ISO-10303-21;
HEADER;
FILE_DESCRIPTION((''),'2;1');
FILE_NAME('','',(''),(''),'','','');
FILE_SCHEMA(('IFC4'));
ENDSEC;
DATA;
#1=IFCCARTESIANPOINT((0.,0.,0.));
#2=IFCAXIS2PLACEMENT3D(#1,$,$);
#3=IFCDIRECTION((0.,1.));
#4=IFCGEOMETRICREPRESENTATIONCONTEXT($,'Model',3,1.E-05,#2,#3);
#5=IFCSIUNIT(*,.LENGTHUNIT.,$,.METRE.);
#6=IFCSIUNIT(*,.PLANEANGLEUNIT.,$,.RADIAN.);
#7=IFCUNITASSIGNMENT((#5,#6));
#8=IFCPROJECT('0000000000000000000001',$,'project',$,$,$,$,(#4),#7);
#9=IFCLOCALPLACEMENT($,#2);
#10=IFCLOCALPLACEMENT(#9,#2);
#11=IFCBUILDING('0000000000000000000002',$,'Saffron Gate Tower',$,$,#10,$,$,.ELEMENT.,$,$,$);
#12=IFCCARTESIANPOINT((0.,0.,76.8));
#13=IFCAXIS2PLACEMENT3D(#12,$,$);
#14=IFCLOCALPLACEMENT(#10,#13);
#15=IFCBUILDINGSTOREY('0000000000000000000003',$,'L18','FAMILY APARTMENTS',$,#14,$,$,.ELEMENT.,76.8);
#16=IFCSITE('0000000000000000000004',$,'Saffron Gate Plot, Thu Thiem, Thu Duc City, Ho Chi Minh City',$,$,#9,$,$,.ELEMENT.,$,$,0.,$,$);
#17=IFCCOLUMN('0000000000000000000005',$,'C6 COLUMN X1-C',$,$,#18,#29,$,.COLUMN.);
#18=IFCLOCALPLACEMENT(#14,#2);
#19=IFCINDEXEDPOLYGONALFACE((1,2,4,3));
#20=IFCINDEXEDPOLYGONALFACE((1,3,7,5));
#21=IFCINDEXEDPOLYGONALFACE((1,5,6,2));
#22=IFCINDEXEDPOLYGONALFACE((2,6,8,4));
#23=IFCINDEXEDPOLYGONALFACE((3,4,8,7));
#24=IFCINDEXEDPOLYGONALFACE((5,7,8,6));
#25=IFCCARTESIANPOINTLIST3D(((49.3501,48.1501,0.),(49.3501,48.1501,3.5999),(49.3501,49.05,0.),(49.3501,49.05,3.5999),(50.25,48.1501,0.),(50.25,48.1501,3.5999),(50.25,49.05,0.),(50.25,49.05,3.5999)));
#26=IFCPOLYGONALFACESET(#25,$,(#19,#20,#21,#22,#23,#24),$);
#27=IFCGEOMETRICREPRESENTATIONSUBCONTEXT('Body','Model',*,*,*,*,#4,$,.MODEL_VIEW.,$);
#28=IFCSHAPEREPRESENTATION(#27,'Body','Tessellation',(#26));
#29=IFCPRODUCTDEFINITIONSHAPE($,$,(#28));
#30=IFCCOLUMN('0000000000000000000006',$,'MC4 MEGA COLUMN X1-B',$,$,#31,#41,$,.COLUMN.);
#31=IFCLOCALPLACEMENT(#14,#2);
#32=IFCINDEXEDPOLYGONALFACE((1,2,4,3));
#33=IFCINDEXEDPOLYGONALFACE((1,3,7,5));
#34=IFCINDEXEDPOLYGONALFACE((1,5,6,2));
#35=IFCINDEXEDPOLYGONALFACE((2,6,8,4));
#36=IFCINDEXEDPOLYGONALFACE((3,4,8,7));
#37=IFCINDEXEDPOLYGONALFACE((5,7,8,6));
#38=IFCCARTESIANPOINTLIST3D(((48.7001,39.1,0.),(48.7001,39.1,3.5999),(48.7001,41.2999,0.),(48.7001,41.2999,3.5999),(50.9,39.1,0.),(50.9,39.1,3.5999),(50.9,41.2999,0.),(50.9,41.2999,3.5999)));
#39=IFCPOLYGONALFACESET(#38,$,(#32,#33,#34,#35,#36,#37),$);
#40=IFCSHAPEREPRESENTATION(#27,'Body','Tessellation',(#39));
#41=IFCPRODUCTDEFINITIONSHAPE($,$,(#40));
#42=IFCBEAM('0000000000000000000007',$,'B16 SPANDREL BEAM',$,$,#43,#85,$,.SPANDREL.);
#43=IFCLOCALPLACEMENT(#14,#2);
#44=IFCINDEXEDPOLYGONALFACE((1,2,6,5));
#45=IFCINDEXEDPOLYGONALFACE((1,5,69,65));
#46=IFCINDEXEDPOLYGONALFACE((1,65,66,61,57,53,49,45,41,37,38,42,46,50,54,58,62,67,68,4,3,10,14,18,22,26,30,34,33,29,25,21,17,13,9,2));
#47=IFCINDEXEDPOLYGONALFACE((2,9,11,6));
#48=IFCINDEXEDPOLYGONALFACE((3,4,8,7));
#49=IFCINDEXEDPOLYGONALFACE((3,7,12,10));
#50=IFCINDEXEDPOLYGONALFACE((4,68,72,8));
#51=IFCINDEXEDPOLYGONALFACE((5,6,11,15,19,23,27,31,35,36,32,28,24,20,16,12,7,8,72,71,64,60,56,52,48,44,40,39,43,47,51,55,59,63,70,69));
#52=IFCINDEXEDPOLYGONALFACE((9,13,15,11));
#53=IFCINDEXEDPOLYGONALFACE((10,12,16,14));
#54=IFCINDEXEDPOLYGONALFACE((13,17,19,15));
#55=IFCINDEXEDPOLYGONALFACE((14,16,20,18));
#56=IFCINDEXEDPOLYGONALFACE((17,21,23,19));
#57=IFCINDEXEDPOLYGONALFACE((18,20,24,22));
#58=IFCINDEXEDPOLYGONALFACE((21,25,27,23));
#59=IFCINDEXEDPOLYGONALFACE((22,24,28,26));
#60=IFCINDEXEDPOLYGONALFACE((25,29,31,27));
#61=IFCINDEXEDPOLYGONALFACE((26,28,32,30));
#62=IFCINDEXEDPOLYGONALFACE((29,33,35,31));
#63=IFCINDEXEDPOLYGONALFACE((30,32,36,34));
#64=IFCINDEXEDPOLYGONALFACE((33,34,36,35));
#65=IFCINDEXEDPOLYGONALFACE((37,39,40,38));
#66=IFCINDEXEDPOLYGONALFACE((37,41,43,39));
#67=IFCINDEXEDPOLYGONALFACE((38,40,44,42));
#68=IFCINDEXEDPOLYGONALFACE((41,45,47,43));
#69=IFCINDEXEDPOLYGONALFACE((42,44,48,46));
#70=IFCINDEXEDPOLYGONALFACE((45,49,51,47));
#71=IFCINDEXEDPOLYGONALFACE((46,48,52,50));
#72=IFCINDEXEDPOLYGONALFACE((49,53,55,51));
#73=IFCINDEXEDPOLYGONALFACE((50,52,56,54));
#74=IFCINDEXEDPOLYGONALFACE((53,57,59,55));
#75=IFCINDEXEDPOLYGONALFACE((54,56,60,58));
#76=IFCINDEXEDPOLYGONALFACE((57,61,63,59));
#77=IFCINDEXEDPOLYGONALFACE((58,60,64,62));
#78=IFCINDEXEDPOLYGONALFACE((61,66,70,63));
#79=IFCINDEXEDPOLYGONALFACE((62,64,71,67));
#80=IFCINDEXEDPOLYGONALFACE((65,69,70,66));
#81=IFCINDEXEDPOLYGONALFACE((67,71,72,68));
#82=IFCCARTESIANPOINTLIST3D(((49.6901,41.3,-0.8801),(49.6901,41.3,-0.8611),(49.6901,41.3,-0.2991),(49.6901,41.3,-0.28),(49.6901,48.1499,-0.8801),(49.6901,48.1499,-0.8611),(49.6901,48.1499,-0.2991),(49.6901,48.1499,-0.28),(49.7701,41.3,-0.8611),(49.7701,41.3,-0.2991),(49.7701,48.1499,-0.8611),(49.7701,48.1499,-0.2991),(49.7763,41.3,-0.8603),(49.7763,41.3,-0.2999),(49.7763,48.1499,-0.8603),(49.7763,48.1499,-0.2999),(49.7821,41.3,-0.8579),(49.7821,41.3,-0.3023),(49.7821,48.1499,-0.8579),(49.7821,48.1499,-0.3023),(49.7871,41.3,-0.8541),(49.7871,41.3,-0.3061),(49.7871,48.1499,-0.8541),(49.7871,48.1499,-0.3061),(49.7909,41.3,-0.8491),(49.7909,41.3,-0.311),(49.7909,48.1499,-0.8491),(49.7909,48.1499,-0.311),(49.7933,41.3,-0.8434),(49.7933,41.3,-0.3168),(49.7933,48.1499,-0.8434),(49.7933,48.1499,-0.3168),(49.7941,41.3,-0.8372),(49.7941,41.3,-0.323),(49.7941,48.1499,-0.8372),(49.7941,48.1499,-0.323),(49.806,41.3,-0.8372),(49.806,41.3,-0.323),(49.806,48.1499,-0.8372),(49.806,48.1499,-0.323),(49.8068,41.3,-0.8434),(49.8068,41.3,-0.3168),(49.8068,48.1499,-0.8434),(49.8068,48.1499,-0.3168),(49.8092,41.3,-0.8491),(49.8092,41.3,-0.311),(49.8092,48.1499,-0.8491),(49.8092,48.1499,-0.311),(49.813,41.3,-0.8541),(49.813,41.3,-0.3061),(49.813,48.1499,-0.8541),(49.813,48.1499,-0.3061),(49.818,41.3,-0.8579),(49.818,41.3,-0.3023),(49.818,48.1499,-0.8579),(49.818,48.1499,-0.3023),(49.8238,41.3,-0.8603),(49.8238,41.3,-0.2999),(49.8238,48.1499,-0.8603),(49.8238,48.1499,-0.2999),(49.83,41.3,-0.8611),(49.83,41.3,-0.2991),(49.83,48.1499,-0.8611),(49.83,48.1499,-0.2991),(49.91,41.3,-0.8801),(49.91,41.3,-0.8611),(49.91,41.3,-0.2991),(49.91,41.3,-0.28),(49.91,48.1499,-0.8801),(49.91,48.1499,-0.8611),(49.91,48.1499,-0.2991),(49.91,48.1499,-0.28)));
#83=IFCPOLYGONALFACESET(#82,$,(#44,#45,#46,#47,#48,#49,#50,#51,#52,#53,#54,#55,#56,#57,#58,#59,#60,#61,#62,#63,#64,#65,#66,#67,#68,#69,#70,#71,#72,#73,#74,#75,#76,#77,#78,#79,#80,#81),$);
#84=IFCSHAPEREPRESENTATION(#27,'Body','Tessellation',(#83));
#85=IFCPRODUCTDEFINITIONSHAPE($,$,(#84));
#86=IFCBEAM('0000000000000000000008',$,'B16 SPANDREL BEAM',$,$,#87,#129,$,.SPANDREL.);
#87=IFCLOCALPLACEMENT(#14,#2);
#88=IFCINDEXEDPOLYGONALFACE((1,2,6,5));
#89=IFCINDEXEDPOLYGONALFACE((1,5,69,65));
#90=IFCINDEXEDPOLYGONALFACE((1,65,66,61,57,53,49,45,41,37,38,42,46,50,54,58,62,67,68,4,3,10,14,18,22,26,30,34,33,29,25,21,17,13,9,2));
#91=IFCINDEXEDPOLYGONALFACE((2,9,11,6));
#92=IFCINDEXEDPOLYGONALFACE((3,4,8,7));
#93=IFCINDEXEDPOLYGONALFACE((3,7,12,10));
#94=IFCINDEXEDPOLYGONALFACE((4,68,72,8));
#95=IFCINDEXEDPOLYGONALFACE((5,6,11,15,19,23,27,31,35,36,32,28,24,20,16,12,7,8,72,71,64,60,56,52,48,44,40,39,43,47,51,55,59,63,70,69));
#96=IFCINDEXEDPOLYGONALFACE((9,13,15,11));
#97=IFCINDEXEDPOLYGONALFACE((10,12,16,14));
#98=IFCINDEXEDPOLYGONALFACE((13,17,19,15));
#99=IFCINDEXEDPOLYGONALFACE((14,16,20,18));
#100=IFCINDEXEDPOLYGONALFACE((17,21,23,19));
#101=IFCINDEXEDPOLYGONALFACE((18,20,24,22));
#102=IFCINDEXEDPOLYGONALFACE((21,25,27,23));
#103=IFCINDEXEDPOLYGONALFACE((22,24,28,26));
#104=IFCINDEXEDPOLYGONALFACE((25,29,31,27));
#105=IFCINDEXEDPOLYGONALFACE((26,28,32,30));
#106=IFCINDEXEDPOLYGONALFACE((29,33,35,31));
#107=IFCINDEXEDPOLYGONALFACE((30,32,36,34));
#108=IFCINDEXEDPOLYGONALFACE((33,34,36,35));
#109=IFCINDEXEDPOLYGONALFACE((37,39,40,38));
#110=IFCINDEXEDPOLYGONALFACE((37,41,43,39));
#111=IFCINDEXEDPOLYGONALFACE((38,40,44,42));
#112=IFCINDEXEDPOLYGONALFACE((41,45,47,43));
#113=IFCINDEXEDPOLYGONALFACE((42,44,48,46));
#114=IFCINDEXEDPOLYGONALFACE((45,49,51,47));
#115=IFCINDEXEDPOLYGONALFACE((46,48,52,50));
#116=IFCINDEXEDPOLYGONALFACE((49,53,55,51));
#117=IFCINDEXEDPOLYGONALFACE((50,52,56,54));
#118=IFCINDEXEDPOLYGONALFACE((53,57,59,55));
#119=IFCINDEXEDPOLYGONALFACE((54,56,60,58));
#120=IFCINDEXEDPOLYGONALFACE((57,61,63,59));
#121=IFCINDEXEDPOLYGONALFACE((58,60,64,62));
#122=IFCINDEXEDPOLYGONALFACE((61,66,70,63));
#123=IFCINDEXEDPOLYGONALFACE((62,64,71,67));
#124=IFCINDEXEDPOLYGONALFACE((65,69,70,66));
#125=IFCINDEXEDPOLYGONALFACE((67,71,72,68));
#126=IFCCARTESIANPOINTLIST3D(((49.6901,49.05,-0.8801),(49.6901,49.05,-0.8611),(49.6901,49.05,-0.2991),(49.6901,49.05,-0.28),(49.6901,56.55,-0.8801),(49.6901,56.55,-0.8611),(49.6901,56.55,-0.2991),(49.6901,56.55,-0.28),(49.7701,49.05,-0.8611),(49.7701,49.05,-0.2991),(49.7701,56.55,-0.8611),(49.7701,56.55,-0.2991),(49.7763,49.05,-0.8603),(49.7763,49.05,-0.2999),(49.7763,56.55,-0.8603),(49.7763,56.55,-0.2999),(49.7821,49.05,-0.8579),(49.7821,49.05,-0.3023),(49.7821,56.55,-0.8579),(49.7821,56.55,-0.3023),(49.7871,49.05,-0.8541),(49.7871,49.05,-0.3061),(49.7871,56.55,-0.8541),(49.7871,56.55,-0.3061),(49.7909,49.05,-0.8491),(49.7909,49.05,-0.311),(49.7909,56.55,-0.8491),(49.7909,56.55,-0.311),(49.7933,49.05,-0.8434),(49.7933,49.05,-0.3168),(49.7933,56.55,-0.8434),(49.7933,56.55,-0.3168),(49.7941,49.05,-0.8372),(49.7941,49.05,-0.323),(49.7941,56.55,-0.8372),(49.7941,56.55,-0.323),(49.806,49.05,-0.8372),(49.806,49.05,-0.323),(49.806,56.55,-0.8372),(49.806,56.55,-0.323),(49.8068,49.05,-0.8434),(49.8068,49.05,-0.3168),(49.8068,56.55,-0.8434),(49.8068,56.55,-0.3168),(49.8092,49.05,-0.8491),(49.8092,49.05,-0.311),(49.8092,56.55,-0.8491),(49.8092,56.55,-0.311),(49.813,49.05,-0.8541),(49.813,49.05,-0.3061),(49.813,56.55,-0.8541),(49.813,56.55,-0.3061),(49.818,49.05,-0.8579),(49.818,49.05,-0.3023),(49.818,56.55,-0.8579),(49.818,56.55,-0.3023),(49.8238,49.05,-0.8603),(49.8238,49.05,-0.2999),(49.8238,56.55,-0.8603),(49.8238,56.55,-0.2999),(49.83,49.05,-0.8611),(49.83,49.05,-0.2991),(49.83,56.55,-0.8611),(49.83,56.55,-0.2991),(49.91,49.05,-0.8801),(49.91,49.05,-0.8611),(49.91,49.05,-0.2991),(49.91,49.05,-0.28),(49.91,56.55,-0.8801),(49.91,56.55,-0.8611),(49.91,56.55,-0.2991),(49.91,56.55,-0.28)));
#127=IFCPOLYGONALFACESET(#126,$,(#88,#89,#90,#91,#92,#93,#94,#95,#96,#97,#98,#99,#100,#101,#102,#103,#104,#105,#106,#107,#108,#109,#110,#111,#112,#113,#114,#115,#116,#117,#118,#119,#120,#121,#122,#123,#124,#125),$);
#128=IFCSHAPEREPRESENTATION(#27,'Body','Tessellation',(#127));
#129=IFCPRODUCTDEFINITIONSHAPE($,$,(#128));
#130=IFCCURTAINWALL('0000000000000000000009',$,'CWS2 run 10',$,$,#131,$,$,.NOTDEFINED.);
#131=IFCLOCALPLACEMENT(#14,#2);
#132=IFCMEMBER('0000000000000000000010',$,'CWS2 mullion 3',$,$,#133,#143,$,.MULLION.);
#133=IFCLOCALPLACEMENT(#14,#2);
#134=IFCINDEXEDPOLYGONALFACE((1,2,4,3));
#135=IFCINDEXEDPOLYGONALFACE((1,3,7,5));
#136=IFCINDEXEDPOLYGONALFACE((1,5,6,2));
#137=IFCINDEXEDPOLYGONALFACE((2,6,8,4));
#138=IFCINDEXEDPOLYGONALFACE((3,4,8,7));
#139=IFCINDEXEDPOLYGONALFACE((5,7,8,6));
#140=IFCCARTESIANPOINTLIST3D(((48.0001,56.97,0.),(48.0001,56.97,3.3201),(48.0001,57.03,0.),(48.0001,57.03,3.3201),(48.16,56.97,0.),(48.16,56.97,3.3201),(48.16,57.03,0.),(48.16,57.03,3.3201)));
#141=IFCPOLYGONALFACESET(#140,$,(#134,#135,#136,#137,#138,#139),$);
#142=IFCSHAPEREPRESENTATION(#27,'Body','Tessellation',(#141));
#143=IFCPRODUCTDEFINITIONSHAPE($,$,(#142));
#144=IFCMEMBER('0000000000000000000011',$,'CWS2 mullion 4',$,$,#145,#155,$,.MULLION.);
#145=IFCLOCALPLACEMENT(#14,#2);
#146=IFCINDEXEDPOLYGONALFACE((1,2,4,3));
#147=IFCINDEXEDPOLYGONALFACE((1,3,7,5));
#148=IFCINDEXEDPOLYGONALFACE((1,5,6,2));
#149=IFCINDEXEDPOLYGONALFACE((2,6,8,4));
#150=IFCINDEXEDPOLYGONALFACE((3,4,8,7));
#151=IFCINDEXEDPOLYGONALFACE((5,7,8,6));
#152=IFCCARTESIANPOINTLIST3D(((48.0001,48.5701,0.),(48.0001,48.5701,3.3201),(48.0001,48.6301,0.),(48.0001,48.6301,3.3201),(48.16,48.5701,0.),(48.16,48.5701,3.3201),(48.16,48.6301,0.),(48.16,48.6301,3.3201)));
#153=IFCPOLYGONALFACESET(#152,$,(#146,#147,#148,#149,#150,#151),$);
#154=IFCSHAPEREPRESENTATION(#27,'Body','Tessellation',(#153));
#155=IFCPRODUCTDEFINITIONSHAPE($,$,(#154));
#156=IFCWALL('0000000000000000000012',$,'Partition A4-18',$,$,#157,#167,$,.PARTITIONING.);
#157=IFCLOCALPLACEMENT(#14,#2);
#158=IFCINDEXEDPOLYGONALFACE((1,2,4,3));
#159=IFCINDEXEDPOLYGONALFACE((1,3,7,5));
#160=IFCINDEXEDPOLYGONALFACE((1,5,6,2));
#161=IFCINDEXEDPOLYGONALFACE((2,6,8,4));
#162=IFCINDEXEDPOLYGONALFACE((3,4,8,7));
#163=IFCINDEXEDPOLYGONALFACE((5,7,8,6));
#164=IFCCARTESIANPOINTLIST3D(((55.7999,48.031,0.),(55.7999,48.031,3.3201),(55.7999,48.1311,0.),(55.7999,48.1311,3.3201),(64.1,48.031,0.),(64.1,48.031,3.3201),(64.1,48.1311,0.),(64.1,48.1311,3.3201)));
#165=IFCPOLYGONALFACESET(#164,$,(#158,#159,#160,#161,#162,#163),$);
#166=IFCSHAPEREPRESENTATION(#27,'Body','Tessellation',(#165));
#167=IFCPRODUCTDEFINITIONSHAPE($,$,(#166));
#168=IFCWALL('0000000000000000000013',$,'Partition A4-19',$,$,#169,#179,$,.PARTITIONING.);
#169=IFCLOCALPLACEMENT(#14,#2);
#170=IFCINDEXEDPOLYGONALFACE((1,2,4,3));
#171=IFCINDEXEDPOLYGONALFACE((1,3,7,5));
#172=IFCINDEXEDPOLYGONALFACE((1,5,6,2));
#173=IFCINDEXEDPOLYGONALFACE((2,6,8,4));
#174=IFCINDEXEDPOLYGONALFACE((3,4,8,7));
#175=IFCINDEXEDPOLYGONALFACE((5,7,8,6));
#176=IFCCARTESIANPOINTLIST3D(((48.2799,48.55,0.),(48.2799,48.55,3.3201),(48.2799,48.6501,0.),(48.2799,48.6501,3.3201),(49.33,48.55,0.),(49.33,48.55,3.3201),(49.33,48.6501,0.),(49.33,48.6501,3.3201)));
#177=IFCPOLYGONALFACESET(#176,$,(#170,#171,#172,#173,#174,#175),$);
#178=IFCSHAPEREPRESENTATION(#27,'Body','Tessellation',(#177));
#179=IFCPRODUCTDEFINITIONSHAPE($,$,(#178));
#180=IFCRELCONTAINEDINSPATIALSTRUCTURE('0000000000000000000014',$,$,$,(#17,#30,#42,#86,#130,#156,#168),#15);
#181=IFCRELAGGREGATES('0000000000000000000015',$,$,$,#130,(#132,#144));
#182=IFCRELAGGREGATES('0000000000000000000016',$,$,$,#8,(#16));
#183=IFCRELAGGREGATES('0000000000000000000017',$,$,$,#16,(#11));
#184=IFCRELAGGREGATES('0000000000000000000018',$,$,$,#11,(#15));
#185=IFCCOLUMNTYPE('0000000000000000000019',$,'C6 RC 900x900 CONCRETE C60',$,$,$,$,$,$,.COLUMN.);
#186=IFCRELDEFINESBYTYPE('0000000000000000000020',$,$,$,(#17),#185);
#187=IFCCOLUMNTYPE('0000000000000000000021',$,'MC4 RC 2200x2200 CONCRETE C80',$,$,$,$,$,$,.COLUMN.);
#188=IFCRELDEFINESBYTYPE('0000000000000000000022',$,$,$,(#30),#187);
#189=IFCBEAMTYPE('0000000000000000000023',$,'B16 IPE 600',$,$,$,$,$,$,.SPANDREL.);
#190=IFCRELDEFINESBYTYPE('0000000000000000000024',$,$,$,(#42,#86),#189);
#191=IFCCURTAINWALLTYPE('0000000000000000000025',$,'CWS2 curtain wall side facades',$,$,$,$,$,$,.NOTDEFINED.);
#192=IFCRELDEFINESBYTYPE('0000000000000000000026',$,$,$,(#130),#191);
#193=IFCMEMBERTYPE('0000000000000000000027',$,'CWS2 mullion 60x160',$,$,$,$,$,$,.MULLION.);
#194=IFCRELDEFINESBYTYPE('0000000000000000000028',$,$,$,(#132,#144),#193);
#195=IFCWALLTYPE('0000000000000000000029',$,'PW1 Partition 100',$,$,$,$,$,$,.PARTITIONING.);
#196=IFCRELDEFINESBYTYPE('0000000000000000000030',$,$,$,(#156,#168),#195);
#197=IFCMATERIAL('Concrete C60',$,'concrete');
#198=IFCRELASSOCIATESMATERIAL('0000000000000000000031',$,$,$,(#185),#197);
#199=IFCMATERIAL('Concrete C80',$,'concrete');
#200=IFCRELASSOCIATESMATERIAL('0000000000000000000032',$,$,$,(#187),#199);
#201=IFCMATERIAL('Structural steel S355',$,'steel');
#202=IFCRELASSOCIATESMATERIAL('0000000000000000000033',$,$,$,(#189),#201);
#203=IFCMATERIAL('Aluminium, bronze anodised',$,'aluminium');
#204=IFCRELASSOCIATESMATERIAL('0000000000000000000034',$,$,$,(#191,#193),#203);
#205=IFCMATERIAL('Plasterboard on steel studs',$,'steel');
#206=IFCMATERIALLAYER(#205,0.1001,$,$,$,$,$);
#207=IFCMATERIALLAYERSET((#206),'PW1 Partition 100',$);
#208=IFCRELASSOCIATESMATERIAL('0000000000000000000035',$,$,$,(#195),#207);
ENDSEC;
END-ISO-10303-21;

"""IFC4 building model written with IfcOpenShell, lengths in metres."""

from ifc_helpers import new_model, si_unit, direction, frame, frame_2d, origin, origin_2d, place, context, subcontext, project, spatial, rectangle, i_section, extrude, material, layer, layer_set, material_profile, profile_set, type_object, element, aggregate, save


model = new_model("IFC4")

# Units and contexts
model_context = context("Model", 3, precision=1e-05, world=origin(), true_north=direction((0.0, 1.0)))
body_context = subcontext(model_context, "Body", "Model", "MODEL_VIEW")
ifc_project = project(units=[si_unit("LENGTHUNIT", "METRE"), si_unit("PLANEANGLEUNIT", "RADIAN")], contexts=[model_context])

# Site, building, storey
site_placement = place(None, origin())
site = spatial("IfcSite", under=ifc_project, at=site_placement, Name="Saffron Gate Plot, Thu Thiem, Thu Duc City, Ho Chi Minh City", CompositionType="ELEMENT", RefElevation=0.0)
building_placement = place(site_placement, origin())
building = spatial("IfcBuilding", under=site, at=building_placement, Name="Saffron Gate Tower", CompositionType="ELEMENT")
storey_placement = place(building_placement, frame((0.0, 0.0, 76.8)))
storey = spatial("IfcBuildingStorey", under=building, at=storey_placement, Name="L18", Description="FAMILY APARTMENTS", CompositionType="ELEMENT", Elevation=76.8)

# Columns
ifc_material_1 = material(Name="Concrete C60", Category="concrete")
ifc_material_profile_1 = material_profile(ifc_material_1, rectangle(XDim=0.8999, YDim=0.8999, at=origin_2d()))
ifc_profile_set_1 = profile_set([ifc_material_profile_1], Name="Concrete C60")
column_type_1 = type_object("IfcColumnType", Name="C6 RC 900x900 CONCRETE C60", PredefinedType="COLUMN", material=ifc_profile_set_1)
column_1_placement = place(storey_placement, frame((49.8, 48.6001, 0.0), z_axis=(0.0, 0.0, 1.0), x_axis=(1.0, 0.0, 0.0)))
element("IfcColumn", 1, at=column_1_placement, inside=storey, type_object=column_type_1, Name="C6 COLUMN X1-C", PredefinedType="COLUMN", context=body_context, shape_type="SweptSolid", body=[
    extrude(rectangle(XDim=0.8999, YDim=0.8999, at=origin_2d()), origin(), (0.0, 0.0, 1.0), 3.5999),
])
ifc_material_2 = material(Name="Concrete C80", Category="concrete")
ifc_material_profile_2 = material_profile(ifc_material_2, rectangle(XDim=2.2, YDim=2.2, at=origin_2d()))
ifc_profile_set_2 = profile_set([ifc_material_profile_2], Name="Concrete C80")
column_type_2 = type_object("IfcColumnType", Name="MC4 RC 2200x2200 CONCRETE C80", PredefinedType="COLUMN", material=ifc_profile_set_2)
column_2_placement = place(storey_placement, frame((49.8, 40.2, 0.0), z_axis=(0.0, 0.0, 1.0), x_axis=(1.0, 0.0, 0.0)))
element("IfcColumn", 2, at=column_2_placement, inside=storey, type_object=column_type_2, Name="MC4 MEGA COLUMN X1-B", PredefinedType="COLUMN", context=body_context, shape_type="SweptSolid", body=[
    extrude(rectangle(XDim=2.2, YDim=2.2, at=origin_2d()), origin(), (0.0, 0.0, 1.0), 3.5999),
])

# Beams
ifc_material_3 = material(Name="Structural steel S355", Category="steel")
ifc_material_profile_3 = material_profile(ifc_material_3, i_section(OverallWidth=0.22, OverallDepth=0.6001, WebThickness=0.012, FlangeThickness=0.019, FilletRadius=0.0239, at=origin_2d()))
ifc_profile_set_3 = profile_set([ifc_material_profile_3], Name="Structural steel S355")
beam_type = type_object("IfcBeamType", Name="B16 IPE 600", PredefinedType="SPANDREL", material=ifc_profile_set_3)
beam_1_placement = place(storey_placement, frame((49.8, 41.3, -0.5801), z_axis=(0.0, 1.0, 0.0), x_axis=(-1.0, 0.0, 0.0)))
element("IfcBeam", 3, at=beam_1_placement, inside=storey, type_object=beam_type, Name="B16 SPANDREL BEAM", PredefinedType="SPANDREL", context=body_context, shape_type="SweptSolid", body=[
    extrude(i_section(OverallWidth=0.22, OverallDepth=0.6001, WebThickness=0.012, FlangeThickness=0.019, FilletRadius=0.0239, at=origin_2d()), origin(), (0.0, 0.0, 1.0), 6.8499),
])
beam_2_placement = place(storey_placement, frame((49.8, 49.05, -0.5801), z_axis=(0.0, 1.0, 0.0), x_axis=(-1.0, 0.0, 0.0)))
element("IfcBeam", 4, at=beam_2_placement, inside=storey, type_object=beam_type, Name="B16 SPANDREL BEAM", PredefinedType="SPANDREL", context=body_context, shape_type="SweptSolid", body=[
    extrude(i_section(OverallWidth=0.22, OverallDepth=0.6001, WebThickness=0.012, FlangeThickness=0.019, FilletRadius=0.0239, at=origin_2d()), origin(), (0.0, 0.0, 1.0), 7.5),
])

# Curtain wall, members
ifc_material_4 = material(Name="Aluminium, bronze anodised", Category="aluminium")
curtain_wall_type = type_object("IfcCurtainWallType", Name="CWS2 curtain wall side facades", PredefinedType="NOTDEFINED", material=ifc_material_4)
curtain_wall_placement = place(storey_placement, origin())
curtain_wall = element("IfcCurtainWall", 5, at=curtain_wall_placement, inside=storey, type_object=curtain_wall_type, Name="CWS2 run 10", PredefinedType="NOTDEFINED")
ifc_material_profile_4 = material_profile(ifc_material_4, rectangle(XDim=0.1599, YDim=0.0601, at=origin_2d()))
ifc_profile_set_4 = profile_set([ifc_material_profile_4], Name="Aluminium, bronze anodised")
member_type = type_object("IfcMemberType", Name="CWS2 mullion 60x160", PredefinedType="MULLION", material=ifc_profile_set_4)
member_1_placement = place(storey_placement, frame((48.0801, 57.0, 0.0), z_axis=(0.0, 0.0, 1.0), x_axis=(1.0, 0.0, 0.0)))
member_1 = element("IfcMember", 6, at=member_1_placement, type_object=member_type, Name="CWS2 mullion 3", PredefinedType="MULLION", context=body_context, shape_type="SweptSolid", body=[
    extrude(rectangle(XDim=0.1599, YDim=0.0601, at=origin_2d()), origin(), (0.0, 0.0, 1.0), 3.3201),
])
member_2_placement = place(storey_placement, frame((48.0801, 48.6001, 0.0), z_axis=(0.0, 0.0, 1.0), x_axis=(1.0, 0.0, 0.0)))
member_2 = element("IfcMember", 7, at=member_2_placement, type_object=member_type, Name="CWS2 mullion 4", PredefinedType="MULLION", context=body_context, shape_type="SweptSolid", body=[
    extrude(rectangle(XDim=0.1599, YDim=0.0601, at=origin_2d()), origin(), (0.0, 0.0, 1.0), 3.3201),
])
aggregate(curtain_wall, [member_1, member_2])

# Walls
ifc_material_5 = material(Name="Plasterboard on steel studs", Category="steel")
ifc_layer_1 = layer(ifc_material_5, 0.1001)
ifc_layer_set_1 = layer_set([ifc_layer_1], Name="PW1 Partition 100")
wall_type_1 = type_object("IfcWallType", Name="PW1 Partition 100", PredefinedType="PARTITIONING", material=ifc_layer_set_1)
wall_1_placement = place(storey_placement, frame((55.8, 48.0811, 0.0), z_axis=(0.0, 0.0, 1.0), x_axis=(1.0, 0.0, 0.0)))
element("IfcWall", 8, at=wall_1_placement, inside=storey, type_object=wall_type_1, Name="Partition A4-18", PredefinedType="PARTITIONING", context=body_context, shape_type="SweptSolid", body=[
    extrude(rectangle(XDim=8.3, YDim=0.1001, at=frame_2d((4.1499, 0.0))), origin(), (0.0, 0.0, 1.0), 3.3201),
])
wall_2_placement = place(storey_placement, frame((48.28, 48.6001, 0.0), z_axis=(0.0, 0.0, 1.0), x_axis=(1.0, 0.0, 0.0)))
element("IfcWall", 9, at=wall_2_placement, inside=storey, type_object=wall_type_1, Name="Partition A4-19", PredefinedType="PARTITIONING", context=body_context, shape_type="SweptSolid", body=[
    extrude(rectangle(XDim=1.05, YDim=0.1001, at=frame_2d((0.5249, 0.0))), origin(), (0.0, 0.0, 1.0), 3.3201),
])

save(model, "model.ifc")
